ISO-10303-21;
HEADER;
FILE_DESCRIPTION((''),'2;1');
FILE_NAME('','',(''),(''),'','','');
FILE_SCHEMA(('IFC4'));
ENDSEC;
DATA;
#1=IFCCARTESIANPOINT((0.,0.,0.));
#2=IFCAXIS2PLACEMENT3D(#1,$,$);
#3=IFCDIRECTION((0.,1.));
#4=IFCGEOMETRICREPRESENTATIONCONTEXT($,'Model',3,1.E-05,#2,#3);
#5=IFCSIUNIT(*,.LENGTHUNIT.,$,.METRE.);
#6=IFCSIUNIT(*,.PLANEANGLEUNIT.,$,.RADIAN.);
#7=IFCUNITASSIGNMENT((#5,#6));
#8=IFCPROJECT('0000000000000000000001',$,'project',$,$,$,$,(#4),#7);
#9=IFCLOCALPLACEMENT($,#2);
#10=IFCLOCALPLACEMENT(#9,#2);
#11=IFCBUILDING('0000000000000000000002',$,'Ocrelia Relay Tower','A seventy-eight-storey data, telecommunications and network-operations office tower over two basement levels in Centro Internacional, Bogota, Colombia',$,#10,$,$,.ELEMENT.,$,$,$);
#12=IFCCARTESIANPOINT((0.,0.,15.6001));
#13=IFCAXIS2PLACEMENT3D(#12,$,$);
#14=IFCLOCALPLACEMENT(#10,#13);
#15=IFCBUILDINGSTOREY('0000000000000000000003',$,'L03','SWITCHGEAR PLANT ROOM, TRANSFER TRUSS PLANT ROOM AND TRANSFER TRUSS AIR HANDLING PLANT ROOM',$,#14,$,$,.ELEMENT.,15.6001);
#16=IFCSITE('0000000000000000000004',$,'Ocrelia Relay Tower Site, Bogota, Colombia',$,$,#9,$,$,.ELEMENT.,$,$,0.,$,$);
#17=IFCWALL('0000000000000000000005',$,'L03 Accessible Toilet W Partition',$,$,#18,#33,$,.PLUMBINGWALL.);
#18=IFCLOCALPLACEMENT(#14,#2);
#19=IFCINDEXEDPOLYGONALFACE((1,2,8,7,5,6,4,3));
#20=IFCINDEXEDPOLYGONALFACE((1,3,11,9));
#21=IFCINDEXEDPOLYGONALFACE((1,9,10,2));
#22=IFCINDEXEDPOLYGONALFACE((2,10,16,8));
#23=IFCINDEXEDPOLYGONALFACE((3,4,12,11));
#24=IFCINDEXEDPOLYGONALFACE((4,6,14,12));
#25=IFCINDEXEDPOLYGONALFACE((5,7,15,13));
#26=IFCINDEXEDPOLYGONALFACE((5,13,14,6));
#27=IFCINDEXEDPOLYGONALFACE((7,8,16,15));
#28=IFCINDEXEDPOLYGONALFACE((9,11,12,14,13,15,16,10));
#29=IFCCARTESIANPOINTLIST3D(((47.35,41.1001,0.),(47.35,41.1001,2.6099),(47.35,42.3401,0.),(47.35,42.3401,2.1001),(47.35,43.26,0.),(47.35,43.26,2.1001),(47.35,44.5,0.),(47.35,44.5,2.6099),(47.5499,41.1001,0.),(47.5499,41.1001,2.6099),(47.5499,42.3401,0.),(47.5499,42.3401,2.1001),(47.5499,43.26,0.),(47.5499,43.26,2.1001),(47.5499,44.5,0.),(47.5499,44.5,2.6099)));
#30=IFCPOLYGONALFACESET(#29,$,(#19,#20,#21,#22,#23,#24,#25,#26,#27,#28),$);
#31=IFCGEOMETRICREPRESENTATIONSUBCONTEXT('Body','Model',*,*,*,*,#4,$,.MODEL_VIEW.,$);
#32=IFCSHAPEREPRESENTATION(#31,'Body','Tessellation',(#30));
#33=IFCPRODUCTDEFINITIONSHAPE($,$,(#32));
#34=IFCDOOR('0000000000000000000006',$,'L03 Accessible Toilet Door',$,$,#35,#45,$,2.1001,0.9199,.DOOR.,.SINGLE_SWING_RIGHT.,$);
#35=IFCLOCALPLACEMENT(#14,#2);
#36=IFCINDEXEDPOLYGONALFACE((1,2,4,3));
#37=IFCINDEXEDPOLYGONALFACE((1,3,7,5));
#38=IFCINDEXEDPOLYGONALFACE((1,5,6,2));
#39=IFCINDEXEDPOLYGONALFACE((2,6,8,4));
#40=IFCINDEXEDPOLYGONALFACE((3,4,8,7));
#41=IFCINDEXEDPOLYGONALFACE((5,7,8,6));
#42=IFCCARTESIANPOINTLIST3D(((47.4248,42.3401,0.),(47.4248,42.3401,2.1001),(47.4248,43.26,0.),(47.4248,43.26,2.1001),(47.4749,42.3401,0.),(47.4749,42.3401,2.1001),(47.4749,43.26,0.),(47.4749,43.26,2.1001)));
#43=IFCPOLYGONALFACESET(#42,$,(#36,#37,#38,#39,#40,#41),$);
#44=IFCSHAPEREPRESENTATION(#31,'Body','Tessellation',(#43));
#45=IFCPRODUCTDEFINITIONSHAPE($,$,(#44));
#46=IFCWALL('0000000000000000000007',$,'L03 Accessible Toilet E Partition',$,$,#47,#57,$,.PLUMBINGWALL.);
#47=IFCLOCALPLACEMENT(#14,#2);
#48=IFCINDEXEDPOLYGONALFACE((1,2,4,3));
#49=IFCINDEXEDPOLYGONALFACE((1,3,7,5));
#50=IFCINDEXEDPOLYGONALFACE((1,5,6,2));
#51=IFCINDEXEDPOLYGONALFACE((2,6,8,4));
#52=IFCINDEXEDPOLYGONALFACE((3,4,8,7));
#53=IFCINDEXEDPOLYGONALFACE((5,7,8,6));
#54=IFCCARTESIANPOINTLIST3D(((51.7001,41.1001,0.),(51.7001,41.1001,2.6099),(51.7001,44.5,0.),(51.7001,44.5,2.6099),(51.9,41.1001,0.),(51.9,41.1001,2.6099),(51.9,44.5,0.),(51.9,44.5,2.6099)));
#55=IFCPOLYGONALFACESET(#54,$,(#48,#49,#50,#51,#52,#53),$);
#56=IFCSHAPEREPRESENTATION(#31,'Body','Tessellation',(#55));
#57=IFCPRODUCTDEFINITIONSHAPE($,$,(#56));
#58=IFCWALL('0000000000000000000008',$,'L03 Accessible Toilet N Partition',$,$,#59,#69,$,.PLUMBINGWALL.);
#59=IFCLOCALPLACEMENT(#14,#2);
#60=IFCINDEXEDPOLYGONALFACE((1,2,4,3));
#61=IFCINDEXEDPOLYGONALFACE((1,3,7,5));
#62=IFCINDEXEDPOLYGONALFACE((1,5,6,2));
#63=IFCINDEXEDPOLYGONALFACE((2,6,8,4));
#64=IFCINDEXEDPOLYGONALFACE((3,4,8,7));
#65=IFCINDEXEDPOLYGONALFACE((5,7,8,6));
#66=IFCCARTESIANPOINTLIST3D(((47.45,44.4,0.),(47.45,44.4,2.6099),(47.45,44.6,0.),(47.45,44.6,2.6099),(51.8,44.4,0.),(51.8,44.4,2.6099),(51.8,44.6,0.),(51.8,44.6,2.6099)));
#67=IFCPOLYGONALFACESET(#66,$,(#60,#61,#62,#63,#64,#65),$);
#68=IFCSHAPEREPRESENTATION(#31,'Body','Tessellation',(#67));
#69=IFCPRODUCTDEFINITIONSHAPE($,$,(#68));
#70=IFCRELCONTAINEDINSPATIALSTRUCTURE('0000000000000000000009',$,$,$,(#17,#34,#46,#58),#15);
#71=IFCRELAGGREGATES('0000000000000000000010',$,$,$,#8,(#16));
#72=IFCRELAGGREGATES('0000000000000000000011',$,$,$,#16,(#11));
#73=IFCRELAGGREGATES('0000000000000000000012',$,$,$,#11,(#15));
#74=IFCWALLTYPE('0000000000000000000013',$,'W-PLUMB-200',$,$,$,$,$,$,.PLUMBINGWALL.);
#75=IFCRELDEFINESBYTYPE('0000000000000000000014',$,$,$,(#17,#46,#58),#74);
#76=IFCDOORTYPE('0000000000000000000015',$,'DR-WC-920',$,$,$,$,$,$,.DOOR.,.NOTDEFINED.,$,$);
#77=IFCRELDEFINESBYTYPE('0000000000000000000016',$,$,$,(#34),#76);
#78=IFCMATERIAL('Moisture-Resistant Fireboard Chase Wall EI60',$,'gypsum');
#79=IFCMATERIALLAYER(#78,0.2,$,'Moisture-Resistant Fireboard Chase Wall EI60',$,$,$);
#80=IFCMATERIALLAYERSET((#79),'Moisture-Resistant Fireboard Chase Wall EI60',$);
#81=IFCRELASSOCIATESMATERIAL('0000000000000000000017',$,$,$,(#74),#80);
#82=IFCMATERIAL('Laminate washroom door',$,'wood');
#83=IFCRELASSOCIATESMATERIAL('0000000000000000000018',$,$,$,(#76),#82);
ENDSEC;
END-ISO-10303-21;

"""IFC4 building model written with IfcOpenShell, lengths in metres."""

from ifc_helpers import new_model, si_unit, direction, frame, frame_2d, origin, place, context, subcontext, project, spatial, rectangle, extrude, material, layer, layer_set, type_object, element, fill, save


model = new_model("IFC4")

# Units and contexts
model_context = context("Model", 3, precision=1e-05, world=origin(), true_north=direction((0.0, 1.0)))
body_context = subcontext(model_context, "Body", "Model", "MODEL_VIEW")
ifc_project = project(units=[si_unit("LENGTHUNIT", "METRE"), si_unit("PLANEANGLEUNIT", "RADIAN")], contexts=[model_context])

# Site, building, storey
site_placement = place(None, origin())
site = spatial("IfcSite", under=ifc_project, at=site_placement, Name="Ocrelia Relay Tower Site, Bogota, Colombia", CompositionType="ELEMENT", RefElevation=0.0)
building_placement = place(site_placement, origin())
building = spatial("IfcBuilding", under=site, at=building_placement, Name="Ocrelia Relay Tower", Description="A seventy-eight-storey data, telecommunications and network-operations office tower over two basement levels in Centro Internacional, Bogota, Colombia", CompositionType="ELEMENT")
storey_placement = place(building_placement, frame((0.0, 0.0, 15.6001)))
storey = spatial("IfcBuildingStorey", under=building, at=storey_placement, Name="L03", Description="SWITCHGEAR PLANT ROOM, TRANSFER TRUSS PLANT ROOM AND TRANSFER TRUSS AIR HANDLING PLANT ROOM", CompositionType="ELEMENT", Elevation=15.6001)

# Shared definitions
ifc_material_1 = material(Name="Moisture-Resistant Fireboard Chase Wall EI60", Category="gypsum")
ifc_layer_1 = layer(ifc_material_1, 0.2, Name="Moisture-Resistant Fireboard Chase Wall EI60")
ifc_layer_set_1 = layer_set([ifc_layer_1], Name="Moisture-Resistant Fireboard Chase Wall EI60")
wall_type_1 = type_object("IfcWallType", Name="W-PLUMB-200", PredefinedType="PLUMBINGWALL", material=ifc_layer_set_1)

# Wall, opening, door
wall_1_placement = place(storey_placement, frame((47.45, 44.5, 0.0), z_axis=(0.0, 0.0, 1.0), x_axis=(0.0, -1.0, 0.0)))
wall_1 = element("IfcWall", 1, at=wall_1_placement, inside=storey, type_object=wall_type_1, Name="L03 Accessible Toilet W Partition", PredefinedType="PLUMBINGWALL", context=body_context, shape_type="SweptSolid", body=[
    extrude(rectangle(XDim=3.3999, YDim=0.2, at=frame_2d((1.7, 0.0))), origin(), (0.0, 0.0, 1.0), 2.6099),
])
opening_1_placement = place(wall_1_placement, frame((1.24, 0.0, 0.0)))
opening_1 = element("IfcOpeningElement", 2, at=opening_1_placement, cuts=wall_1, PredefinedType="OPENING", context=body_context, shape_type="SweptSolid", body=[
    extrude(rectangle(XDim=0.9199, YDim=2.1001, at=frame_2d((0.46, 1.05))), frame((0.0, 0.1099, 0.0), z_axis=(0.0, -1.0, 0.0), x_axis=(1.0, 0.0, 0.0)), (0.0, 0.0, 1.0), 0.22),
])
ifc_material_2 = material(Name="Laminate washroom door", Category="wood")
door_type_1 = type_object("IfcDoorType", Name="DR-WC-920", OperationType="NOTDEFINED", PredefinedType="DOOR", material=ifc_material_2)
door_1_placement = place(opening_1_placement, origin())
door_1 = element("IfcDoor", 3, at=door_1_placement, inside=storey, type_object=door_type_1, Name="L03 Accessible Toilet Door", OperationType="SINGLE_SWING_RIGHT", OverallHeight=2.1001, OverallWidth=0.9199, PredefinedType="DOOR", context=body_context, shape_type="SweptSolid", body=[
    extrude(rectangle(XDim=0.9199, YDim=2.1001, at=frame_2d((0.46, 1.05))), frame((0.0, 0.0249, 0.0), z_axis=(0.0, -1.0, 0.0), x_axis=(1.0, 0.0, 0.0)), (0.0, 0.0, 1.0), 0.05),
])
fill(opening_1, door_1)

# Walls
wall_2_placement = place(storey_placement, frame((51.8, 41.1001, 0.0), z_axis=(0.0, 0.0, 1.0), x_axis=(0.0, 1.0, 0.0)))
element("IfcWall", 4, at=wall_2_placement, inside=storey, type_object=wall_type_1, Name="L03 Accessible Toilet E Partition", PredefinedType="PLUMBINGWALL", context=body_context, shape_type="SweptSolid", body=[
    extrude(rectangle(XDim=3.3999, YDim=0.2, at=frame_2d((1.7, 0.0))), origin(), (0.0, 0.0, 1.0), 2.6099),
])
wall_3_placement = place(storey_placement, frame((51.8, 44.5, 0.0), z_axis=(0.0, 0.0, 1.0), x_axis=(-1.0, 0.0, 0.0)))
element("IfcWall", 5, at=wall_3_placement, inside=storey, type_object=wall_type_1, Name="L03 Accessible Toilet N Partition", PredefinedType="PLUMBINGWALL", context=body_context, shape_type="SweptSolid", body=[
    extrude(rectangle(XDim=4.3501, YDim=0.2, at=frame_2d((2.175, 0.0))), origin(), (0.0, 0.0, 1.0), 2.6099),
])

save(model, "model.ifc")
